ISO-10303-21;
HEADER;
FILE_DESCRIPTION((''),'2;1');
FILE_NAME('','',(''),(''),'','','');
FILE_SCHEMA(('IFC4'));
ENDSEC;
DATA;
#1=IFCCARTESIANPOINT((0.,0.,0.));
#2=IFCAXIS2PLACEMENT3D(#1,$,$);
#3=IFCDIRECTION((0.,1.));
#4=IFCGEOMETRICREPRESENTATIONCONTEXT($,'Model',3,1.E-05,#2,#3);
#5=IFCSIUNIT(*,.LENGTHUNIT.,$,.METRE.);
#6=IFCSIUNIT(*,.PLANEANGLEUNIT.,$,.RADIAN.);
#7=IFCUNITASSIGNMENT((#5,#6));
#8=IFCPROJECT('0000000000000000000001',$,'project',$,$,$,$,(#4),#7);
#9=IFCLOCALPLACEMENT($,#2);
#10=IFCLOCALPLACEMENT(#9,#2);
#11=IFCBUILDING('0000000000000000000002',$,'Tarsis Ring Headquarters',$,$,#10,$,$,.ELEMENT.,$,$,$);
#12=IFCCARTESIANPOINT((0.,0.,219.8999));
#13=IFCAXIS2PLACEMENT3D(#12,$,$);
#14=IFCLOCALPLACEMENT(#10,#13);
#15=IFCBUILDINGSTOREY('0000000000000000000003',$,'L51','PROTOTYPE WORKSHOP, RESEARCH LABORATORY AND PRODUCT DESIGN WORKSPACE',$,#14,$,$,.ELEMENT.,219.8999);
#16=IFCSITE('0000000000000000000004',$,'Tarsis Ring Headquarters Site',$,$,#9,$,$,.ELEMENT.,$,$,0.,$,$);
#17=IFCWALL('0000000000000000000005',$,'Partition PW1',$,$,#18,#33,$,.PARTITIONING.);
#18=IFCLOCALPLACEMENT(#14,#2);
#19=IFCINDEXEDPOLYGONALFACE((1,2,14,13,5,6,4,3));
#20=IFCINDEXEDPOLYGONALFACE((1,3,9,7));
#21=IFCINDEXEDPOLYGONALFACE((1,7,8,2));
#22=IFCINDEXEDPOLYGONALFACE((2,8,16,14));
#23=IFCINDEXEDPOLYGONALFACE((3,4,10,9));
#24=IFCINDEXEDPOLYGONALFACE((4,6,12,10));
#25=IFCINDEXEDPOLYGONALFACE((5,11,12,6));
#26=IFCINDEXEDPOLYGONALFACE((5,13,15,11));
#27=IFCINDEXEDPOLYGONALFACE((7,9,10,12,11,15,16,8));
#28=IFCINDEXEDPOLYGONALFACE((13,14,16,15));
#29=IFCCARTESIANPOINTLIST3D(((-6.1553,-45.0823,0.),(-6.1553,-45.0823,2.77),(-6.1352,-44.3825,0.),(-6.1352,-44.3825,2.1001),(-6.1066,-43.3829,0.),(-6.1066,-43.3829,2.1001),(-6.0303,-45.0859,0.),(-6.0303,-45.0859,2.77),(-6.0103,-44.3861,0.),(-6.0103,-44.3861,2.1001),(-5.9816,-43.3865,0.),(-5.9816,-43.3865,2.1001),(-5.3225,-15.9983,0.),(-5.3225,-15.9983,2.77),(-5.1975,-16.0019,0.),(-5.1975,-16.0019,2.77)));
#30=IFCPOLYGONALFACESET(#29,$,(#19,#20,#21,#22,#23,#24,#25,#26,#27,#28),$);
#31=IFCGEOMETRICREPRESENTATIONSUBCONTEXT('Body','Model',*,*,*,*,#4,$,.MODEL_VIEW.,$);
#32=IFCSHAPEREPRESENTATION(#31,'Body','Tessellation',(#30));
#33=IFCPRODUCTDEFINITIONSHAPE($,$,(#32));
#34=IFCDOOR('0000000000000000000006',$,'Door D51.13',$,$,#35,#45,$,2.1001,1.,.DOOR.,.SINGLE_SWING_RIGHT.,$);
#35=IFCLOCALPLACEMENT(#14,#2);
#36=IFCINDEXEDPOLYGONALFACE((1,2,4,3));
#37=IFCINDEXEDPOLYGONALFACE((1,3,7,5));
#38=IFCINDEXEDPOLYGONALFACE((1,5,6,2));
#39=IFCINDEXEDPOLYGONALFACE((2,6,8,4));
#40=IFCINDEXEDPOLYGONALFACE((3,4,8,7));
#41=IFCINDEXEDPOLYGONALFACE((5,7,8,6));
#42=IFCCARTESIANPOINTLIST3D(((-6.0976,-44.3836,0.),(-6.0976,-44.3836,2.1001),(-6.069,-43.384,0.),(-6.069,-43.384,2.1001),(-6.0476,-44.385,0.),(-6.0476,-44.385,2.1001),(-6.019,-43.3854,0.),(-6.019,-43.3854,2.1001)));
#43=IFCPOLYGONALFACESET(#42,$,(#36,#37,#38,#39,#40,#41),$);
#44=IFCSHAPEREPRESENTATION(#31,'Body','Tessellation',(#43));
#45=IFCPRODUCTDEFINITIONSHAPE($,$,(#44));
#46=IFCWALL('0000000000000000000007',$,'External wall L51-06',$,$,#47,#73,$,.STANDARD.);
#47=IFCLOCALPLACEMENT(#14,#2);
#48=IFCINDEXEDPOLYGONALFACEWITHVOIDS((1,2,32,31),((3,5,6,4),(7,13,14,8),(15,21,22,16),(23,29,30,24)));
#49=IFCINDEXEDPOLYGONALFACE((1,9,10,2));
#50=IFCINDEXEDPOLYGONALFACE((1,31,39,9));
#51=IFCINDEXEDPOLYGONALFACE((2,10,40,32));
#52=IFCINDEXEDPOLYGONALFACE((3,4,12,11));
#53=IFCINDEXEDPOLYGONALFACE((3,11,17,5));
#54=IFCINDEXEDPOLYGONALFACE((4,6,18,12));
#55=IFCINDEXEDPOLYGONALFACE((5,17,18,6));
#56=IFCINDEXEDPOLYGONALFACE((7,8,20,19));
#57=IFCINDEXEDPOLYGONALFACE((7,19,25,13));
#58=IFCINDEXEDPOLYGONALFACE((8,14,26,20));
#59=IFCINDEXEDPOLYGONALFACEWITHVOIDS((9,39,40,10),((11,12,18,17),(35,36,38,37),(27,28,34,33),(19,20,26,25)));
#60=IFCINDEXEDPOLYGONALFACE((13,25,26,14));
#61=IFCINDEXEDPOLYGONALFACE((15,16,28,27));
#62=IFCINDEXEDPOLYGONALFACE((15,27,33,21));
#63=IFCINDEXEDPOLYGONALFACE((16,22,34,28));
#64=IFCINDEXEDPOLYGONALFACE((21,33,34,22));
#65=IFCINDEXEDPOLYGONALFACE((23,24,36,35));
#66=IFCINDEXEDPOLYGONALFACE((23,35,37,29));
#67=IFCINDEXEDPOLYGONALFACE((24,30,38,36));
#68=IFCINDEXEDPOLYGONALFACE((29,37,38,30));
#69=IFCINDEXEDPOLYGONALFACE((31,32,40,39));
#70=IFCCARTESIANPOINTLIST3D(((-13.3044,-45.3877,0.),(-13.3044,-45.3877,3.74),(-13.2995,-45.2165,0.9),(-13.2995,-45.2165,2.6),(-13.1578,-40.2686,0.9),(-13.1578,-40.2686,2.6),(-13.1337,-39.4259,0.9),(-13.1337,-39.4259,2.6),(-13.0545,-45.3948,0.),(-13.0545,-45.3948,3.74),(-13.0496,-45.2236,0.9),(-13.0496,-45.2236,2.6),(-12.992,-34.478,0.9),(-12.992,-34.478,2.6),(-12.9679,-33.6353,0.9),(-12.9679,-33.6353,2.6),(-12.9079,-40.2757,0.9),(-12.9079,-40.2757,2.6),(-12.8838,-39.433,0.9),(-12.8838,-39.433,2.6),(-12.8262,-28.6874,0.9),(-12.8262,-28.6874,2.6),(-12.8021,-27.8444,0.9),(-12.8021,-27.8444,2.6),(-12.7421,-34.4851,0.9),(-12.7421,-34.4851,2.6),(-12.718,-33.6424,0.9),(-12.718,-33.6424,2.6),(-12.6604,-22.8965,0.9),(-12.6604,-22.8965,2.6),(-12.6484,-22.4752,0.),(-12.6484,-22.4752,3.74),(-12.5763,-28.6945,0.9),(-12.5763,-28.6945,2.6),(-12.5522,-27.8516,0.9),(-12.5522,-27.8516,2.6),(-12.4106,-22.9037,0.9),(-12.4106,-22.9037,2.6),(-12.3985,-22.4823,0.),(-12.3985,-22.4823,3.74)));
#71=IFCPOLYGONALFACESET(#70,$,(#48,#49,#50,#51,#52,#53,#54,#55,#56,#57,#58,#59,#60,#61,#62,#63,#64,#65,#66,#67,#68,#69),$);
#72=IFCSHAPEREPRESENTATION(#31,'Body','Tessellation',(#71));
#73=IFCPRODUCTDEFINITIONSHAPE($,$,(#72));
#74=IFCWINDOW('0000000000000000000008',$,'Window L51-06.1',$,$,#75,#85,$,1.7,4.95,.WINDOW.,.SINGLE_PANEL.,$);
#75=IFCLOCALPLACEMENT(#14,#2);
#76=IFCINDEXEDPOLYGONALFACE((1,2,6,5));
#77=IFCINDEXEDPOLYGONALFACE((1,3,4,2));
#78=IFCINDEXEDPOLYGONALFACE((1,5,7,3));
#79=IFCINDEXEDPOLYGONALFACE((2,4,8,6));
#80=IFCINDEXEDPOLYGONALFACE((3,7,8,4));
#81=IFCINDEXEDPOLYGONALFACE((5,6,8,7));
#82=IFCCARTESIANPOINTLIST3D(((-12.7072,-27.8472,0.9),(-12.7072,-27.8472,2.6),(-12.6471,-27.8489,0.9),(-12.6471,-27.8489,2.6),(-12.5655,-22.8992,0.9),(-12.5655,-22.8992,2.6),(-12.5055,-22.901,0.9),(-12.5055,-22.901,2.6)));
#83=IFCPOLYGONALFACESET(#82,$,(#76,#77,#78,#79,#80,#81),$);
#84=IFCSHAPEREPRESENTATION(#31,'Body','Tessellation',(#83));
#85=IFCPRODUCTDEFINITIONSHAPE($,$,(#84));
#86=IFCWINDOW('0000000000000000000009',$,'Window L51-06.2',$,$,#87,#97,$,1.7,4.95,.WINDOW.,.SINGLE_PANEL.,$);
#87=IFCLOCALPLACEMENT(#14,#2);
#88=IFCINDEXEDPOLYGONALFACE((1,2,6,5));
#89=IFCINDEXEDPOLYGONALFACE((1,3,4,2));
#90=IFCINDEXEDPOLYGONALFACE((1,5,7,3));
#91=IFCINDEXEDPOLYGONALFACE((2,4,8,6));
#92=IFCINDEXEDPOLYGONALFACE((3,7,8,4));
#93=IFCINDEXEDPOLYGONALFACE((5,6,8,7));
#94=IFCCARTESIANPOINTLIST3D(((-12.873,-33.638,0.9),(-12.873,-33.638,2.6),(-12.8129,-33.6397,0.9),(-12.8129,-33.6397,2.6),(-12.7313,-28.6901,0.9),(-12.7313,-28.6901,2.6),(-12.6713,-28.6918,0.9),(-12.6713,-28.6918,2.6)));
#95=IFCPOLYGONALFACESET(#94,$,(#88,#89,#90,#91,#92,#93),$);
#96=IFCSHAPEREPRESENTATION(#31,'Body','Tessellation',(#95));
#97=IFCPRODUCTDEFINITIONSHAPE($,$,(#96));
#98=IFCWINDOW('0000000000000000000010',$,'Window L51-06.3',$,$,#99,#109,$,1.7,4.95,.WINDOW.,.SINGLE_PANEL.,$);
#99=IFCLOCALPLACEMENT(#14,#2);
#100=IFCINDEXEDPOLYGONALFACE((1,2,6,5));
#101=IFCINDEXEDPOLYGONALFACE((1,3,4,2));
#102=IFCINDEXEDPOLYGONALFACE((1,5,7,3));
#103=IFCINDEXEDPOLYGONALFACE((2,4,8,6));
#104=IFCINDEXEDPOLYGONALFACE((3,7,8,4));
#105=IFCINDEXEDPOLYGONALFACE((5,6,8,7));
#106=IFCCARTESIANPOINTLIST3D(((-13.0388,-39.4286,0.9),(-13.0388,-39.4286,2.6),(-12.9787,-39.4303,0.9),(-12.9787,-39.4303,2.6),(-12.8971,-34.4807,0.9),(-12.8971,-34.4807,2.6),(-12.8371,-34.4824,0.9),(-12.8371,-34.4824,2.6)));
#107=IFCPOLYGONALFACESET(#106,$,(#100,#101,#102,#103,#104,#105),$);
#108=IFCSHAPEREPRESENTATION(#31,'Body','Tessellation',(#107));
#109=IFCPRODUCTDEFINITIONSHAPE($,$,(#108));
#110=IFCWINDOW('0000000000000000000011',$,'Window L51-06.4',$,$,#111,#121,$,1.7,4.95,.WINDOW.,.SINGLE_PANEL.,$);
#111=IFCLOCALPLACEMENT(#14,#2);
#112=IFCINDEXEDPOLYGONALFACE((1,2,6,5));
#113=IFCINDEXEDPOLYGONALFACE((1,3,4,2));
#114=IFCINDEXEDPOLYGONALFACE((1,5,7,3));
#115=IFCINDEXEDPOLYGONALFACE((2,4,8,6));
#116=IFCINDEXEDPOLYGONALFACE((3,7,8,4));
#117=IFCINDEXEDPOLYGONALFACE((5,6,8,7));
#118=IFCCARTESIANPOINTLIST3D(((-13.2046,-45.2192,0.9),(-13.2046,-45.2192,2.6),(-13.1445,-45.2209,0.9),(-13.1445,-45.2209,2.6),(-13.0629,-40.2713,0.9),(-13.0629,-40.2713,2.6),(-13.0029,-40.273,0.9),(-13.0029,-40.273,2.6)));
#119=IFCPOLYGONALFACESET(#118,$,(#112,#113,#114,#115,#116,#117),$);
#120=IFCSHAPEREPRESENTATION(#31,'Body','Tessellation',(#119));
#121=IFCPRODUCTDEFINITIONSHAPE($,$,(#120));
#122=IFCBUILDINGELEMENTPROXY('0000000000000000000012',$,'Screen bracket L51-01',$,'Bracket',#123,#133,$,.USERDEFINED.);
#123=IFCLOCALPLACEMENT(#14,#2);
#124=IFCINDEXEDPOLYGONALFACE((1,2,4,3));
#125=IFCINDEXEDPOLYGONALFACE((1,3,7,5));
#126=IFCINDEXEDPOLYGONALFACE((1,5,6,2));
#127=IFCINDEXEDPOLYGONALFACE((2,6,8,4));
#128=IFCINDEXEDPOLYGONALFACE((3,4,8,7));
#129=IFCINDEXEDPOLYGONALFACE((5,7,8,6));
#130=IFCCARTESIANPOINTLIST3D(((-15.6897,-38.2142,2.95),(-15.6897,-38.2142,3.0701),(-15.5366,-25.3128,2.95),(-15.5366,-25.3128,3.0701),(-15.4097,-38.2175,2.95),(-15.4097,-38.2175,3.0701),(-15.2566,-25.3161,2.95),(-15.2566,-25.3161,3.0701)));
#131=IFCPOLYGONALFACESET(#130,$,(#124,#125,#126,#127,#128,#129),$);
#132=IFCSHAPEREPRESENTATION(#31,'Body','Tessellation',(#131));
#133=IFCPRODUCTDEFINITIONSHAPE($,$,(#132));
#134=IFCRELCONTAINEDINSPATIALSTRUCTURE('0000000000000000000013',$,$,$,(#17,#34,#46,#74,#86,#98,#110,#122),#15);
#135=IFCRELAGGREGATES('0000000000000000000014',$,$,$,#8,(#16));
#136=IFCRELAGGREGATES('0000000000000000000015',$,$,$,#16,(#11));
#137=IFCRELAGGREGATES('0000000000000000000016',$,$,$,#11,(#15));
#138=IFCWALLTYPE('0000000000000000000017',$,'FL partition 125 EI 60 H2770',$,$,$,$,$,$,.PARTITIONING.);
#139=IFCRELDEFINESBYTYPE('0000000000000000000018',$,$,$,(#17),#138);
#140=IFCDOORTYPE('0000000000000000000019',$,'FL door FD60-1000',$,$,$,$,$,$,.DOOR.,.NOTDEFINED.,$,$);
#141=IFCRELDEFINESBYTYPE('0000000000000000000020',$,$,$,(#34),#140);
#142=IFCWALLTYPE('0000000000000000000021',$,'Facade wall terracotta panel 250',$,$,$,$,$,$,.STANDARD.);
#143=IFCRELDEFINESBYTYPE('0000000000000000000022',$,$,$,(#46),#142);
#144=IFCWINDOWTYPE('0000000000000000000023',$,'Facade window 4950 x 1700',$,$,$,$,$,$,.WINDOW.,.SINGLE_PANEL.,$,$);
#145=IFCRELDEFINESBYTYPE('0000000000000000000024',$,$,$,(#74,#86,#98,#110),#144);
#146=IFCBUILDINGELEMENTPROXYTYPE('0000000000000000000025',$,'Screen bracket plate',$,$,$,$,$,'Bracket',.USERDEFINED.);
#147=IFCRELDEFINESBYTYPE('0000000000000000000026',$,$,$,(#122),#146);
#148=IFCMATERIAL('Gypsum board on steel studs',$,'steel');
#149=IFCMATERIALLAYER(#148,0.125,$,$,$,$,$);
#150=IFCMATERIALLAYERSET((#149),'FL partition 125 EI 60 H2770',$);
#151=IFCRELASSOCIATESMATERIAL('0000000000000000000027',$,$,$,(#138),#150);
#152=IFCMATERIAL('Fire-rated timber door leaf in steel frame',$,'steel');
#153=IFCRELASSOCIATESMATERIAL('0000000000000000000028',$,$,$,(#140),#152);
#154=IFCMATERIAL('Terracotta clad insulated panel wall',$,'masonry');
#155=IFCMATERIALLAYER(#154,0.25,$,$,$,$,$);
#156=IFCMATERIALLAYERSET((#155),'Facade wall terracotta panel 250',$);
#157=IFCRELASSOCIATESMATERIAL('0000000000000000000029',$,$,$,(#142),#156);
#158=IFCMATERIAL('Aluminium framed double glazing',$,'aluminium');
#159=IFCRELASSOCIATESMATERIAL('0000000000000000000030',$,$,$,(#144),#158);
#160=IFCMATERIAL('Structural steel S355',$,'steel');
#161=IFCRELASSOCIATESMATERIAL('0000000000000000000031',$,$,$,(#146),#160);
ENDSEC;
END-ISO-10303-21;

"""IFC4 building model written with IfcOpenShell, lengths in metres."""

from ifc_helpers import new_model, si_unit, direction, frame, frame_2d, origin, origin_2d, place, context, subcontext, project, spatial, rectangle, extrude, material, layer, layer_set, type_object, element, fill, save


model = new_model("IFC4")

# Units and contexts
model_context = context("Model", 3, precision=1e-05, world=origin(), true_north=direction((0.0, 1.0)))
body_context = subcontext(model_context, "Body", "Model", "MODEL_VIEW")
ifc_project = project(units=[si_unit("LENGTHUNIT", "METRE"), si_unit("PLANEANGLEUNIT", "RADIAN")], contexts=[model_context])

# Site, building, storey
site_placement = place(None, origin())
site = spatial("IfcSite", under=ifc_project, at=site_placement, Name="Tarsis Ring Headquarters Site", CompositionType="ELEMENT", RefElevation=0.0)
building_placement = place(site_placement, origin())
building = spatial("IfcBuilding", under=site, at=building_placement, Name="Tarsis Ring Headquarters", CompositionType="ELEMENT")
storey_placement = place(building_placement, frame((0.0, 0.0, 219.8999)))
storey = spatial("IfcBuildingStorey", under=building, at=storey_placement, Name="L51", Description="PROTOTYPE WORKSHOP, RESEARCH LABORATORY AND PRODUCT DESIGN WORKSPACE", CompositionType="ELEMENT", Elevation=219.8999)

# Shared definitions
ifc_material_1 = material(Name="Structural steel S355", Category="steel")

# Shared definitions
ifc_material_2 = material(Name="Gypsum board on steel studs", Category="steel")

# Wall, opening, door
ifc_layer_1 = layer(ifc_material_2, 0.125)
ifc_layer_set_1 = layer_set([ifc_layer_1], Name="FL partition 125 EI 60 H2770")
wall_type_1 = type_object("IfcWallType", Name="FL partition 125 EI 60 H2770", PredefinedType="PARTITIONING", material=ifc_layer_set_1)
wall_1_placement = place(storey_placement, frame((-6.0928, -45.084, 0.0), z_axis=(0.0, 0.0, 1.0), x_axis=(0.028621, 0.99959, 0.0)))
wall_1 = element("IfcWall", 1, at=wall_1_placement, inside=storey, type_object=wall_type_1, Name="Partition PW1", PredefinedType="PARTITIONING", context=body_context, shape_type="SweptSolid", body=[
    extrude(rectangle(XDim=29.0959, YDim=0.125, at=frame_2d((14.5479, 0.0))), origin(), (0.0, 0.0, 1.0), 2.77),
])
opening_1_placement = place(wall_1_placement, frame((0.7, 0.0, 0.0)))
opening_1 = element("IfcOpeningElement", 2, at=opening_1_placement, cuts=wall_1, PredefinedType="OPENING", context=body_context, shape_type="SweptSolid", body=[
    extrude(rectangle(XDim=1.0, YDim=2.1001, at=frame_2d((0.5, 1.05))), frame((0.0, 0.0725, 0.0), z_axis=(0.0, -1.0, 0.0), x_axis=(1.0, 0.0, 0.0)), (0.0, 0.0, 1.0), 0.145),
])
ifc_material_3 = material(Name="Fire-rated timber door leaf in steel frame", Category="steel")
door_type = type_object("IfcDoorType", Name="FL door FD60-1000", OperationType="NOTDEFINED", PredefinedType="DOOR", material=ifc_material_3)
door_placement = place(opening_1_placement, origin())
door = element("IfcDoor", 3, at=door_placement, inside=storey, type_object=door_type, Name="Door D51.13", OperationType="SINGLE_SWING_RIGHT", OverallHeight=2.1001, OverallWidth=1.0, PredefinedType="DOOR", context=body_context, shape_type="SweptSolid", body=[
    extrude(rectangle(XDim=1.0, YDim=2.1001, at=frame_2d((0.5, 1.05))), frame((0.0, 0.0249, 0.0), z_axis=(0.0, -1.0, 0.0), x_axis=(1.0, 0.0, 0.0)), (0.0, 0.0, 1.0), 0.05),
])
fill(opening_1, door)

# Wall, openings, windows
ifc_material_4 = material(Name="Terracotta clad insulated panel wall", Category="masonry")
ifc_layer_2 = layer(ifc_material_4, 0.25)
ifc_layer_set_2 = layer_set([ifc_layer_2], Name="Facade wall terracotta panel 250")
wall_type_2 = type_object("IfcWallType", Name="Facade wall terracotta panel 250", PredefinedType="STANDARD", material=ifc_layer_set_2)
wall_2_placement = place(storey_placement, frame((-12.5234, -22.4788, 0.0), z_axis=(0.0, 0.0, 1.0), x_axis=(-0.028619, -0.99959, 0.0)))
wall_2 = element("IfcWall", 4, at=wall_2_placement, inside=storey, type_object=wall_type_2, Name="External wall L51-06", PredefinedType="STANDARD", context=body_context, shape_type="SweptSolid", body=[
    extrude(rectangle(XDim=22.9219, YDim=0.25, at=frame_2d((11.4609, 0.0))), origin(), (0.0, 0.0, 1.0), 3.74),
])
opening_2_placement = place(wall_2_placement, frame((0.4214, 0.0, 0.8999)))
opening_2 = element("IfcOpeningElement", 5, at=opening_2_placement, cuts=wall_2, PredefinedType="OPENING", context=body_context, shape_type="SweptSolid", body=[
    extrude(rectangle(XDim=4.95, YDim=1.7, at=frame_2d((2.4751, 0.8501))), frame((0.0, 0.135, 0.0), z_axis=(0.0, -1.0, 0.0), x_axis=(1.0, 0.0, 0.0)), (0.0, 0.0, 1.0), 0.27),
])
opening_3_placement = place(wall_2_placement, frame((6.2146, 0.0, 0.8999)))
opening_3 = element("IfcOpeningElement", 6, at=opening_3_placement, cuts=wall_2, PredefinedType="OPENING", context=body_context, shape_type="SweptSolid", body=[
    extrude(rectangle(XDim=4.95, YDim=1.7, at=frame_2d((2.4751, 0.8501))), frame((0.0, 0.135, 0.0), z_axis=(0.0, -1.0, 0.0), x_axis=(1.0, 0.0, 0.0)), (0.0, 0.0, 1.0), 0.27),
])
opening_4_placement = place(wall_2_placement, frame((12.0076, 0.0, 0.8999)))
opening_4 = element("IfcOpeningElement", 7, at=opening_4_placement, cuts=wall_2, PredefinedType="OPENING", context=body_context, shape_type="SweptSolid", body=[
    extrude(rectangle(XDim=4.95, YDim=1.7, at=frame_2d((2.4751, 0.8501))), frame((0.0, 0.135, 0.0), z_axis=(0.0, -1.0, 0.0), x_axis=(1.0, 0.0, 0.0)), (0.0, 0.0, 1.0), 0.27),
])
opening_5_placement = place(wall_2_placement, frame((17.8005, 0.0, 0.8999)))
opening_5 = element("IfcOpeningElement", 8, at=opening_5_placement, cuts=wall_2, PredefinedType="OPENING", context=body_context, shape_type="SweptSolid", body=[
    extrude(rectangle(XDim=4.95, YDim=1.7, at=frame_2d((2.4751, 0.8501))), frame((0.0, 0.135, 0.0), z_axis=(0.0, -1.0, 0.0), x_axis=(1.0, 0.0, 0.0)), (0.0, 0.0, 1.0), 0.27),
])
ifc_material_5 = material(Name="Aluminium framed double glazing", Category="aluminium")
window_type = type_object("IfcWindowType", Name="Facade window 4950 x 1700", PartitioningType="SINGLE_PANEL", PredefinedType="WINDOW", material=ifc_material_5)
window_1_placement = place(opening_2_placement, origin())
window_1 = element("IfcWindow", 9, at=window_1_placement, inside=storey, type_object=window_type, Name="Window L51-06.1", OverallHeight=1.7, OverallWidth=4.95, PartitioningType="SINGLE_PANEL", PredefinedType="WINDOW", context=body_context, shape_type="SweptSolid", body=[
    extrude(rectangle(XDim=4.95, YDim=1.7, at=frame_2d((2.4751, 0.8501))), frame((0.0, 0.03, 0.0), z_axis=(0.0, -1.0, 0.0), x_axis=(1.0, 0.0, 0.0)), (0.0, 0.0, 1.0), 0.0601),
])
fill(opening_2, window_1)
window_2_placement = place(opening_3_placement, origin())
window_2 = element("IfcWindow", 10, at=window_2_placement, inside=storey, type_object=window_type, Name="Window L51-06.2", OverallHeight=1.7, OverallWidth=4.95, PartitioningType="SINGLE_PANEL", PredefinedType="WINDOW", context=body_context, shape_type="SweptSolid", body=[
    extrude(rectangle(XDim=4.95, YDim=1.7, at=frame_2d((2.4751, 0.8501))), frame((0.0, 0.03, 0.0), z_axis=(0.0, -1.0, 0.0), x_axis=(1.0, 0.0, 0.0)), (0.0, 0.0, 1.0), 0.0601),
])
fill(opening_3, window_2)
window_3_placement = place(opening_4_placement, origin())
window_3 = element("IfcWindow", 11, at=window_3_placement, inside=storey, type_object=window_type, Name="Window L51-06.3", OverallHeight=1.7, OverallWidth=4.95, PartitioningType="SINGLE_PANEL", PredefinedType="WINDOW", context=body_context, shape_type="SweptSolid", body=[
    extrude(rectangle(XDim=4.95, YDim=1.7, at=frame_2d((2.4751, 0.8501))), frame((0.0, 0.03, 0.0), z_axis=(0.0, -1.0, 0.0), x_axis=(1.0, 0.0, 0.0)), (0.0, 0.0, 1.0), 0.0601),
])
fill(opening_4, window_3)
window_4_placement = place(opening_5_placement, origin())
window_4 = element("IfcWindow", 12, at=window_4_placement, inside=storey, type_object=window_type, Name="Window L51-06.4", OverallHeight=1.7, OverallWidth=4.95, PartitioningType="SINGLE_PANEL", PredefinedType="WINDOW", context=body_context, shape_type="SweptSolid", body=[
    extrude(rectangle(XDim=4.95, YDim=1.7, at=frame_2d((2.4751, 0.8501))), frame((0.0, 0.03, 0.0), z_axis=(0.0, -1.0, 0.0), x_axis=(1.0, 0.0, 0.0)), (0.0, 0.0, 1.0), 0.0601),
])
fill(opening_5, window_4)

# Building element proxy
building_element_proxy_type = type_object("IfcBuildingElementProxyType", Name="Screen bracket plate", ElementType="Bracket", PredefinedType="USERDEFINED", material=ifc_material_1)
proxy_placement = place(storey_placement, frame((-15.4731, -31.7651, 2.95), z_axis=(0.0, 0.0, 1.0), x_axis=(-0.011868, -0.99993, 0.0)))
element("IfcBuildingElementProxy", 13, at=proxy_placement, inside=storey, type_object=building_element_proxy_type, Name="Screen bracket L51-01", ObjectType="Bracket", PredefinedType="USERDEFINED", context=body_context, shape_type="SweptSolid", body=[
    extrude(rectangle(XDim=12.9023, YDim=0.28, at=origin_2d()), origin(), (0.0, 0.0, 1.0), 0.1201),
])

save(model, "model.ifc")
